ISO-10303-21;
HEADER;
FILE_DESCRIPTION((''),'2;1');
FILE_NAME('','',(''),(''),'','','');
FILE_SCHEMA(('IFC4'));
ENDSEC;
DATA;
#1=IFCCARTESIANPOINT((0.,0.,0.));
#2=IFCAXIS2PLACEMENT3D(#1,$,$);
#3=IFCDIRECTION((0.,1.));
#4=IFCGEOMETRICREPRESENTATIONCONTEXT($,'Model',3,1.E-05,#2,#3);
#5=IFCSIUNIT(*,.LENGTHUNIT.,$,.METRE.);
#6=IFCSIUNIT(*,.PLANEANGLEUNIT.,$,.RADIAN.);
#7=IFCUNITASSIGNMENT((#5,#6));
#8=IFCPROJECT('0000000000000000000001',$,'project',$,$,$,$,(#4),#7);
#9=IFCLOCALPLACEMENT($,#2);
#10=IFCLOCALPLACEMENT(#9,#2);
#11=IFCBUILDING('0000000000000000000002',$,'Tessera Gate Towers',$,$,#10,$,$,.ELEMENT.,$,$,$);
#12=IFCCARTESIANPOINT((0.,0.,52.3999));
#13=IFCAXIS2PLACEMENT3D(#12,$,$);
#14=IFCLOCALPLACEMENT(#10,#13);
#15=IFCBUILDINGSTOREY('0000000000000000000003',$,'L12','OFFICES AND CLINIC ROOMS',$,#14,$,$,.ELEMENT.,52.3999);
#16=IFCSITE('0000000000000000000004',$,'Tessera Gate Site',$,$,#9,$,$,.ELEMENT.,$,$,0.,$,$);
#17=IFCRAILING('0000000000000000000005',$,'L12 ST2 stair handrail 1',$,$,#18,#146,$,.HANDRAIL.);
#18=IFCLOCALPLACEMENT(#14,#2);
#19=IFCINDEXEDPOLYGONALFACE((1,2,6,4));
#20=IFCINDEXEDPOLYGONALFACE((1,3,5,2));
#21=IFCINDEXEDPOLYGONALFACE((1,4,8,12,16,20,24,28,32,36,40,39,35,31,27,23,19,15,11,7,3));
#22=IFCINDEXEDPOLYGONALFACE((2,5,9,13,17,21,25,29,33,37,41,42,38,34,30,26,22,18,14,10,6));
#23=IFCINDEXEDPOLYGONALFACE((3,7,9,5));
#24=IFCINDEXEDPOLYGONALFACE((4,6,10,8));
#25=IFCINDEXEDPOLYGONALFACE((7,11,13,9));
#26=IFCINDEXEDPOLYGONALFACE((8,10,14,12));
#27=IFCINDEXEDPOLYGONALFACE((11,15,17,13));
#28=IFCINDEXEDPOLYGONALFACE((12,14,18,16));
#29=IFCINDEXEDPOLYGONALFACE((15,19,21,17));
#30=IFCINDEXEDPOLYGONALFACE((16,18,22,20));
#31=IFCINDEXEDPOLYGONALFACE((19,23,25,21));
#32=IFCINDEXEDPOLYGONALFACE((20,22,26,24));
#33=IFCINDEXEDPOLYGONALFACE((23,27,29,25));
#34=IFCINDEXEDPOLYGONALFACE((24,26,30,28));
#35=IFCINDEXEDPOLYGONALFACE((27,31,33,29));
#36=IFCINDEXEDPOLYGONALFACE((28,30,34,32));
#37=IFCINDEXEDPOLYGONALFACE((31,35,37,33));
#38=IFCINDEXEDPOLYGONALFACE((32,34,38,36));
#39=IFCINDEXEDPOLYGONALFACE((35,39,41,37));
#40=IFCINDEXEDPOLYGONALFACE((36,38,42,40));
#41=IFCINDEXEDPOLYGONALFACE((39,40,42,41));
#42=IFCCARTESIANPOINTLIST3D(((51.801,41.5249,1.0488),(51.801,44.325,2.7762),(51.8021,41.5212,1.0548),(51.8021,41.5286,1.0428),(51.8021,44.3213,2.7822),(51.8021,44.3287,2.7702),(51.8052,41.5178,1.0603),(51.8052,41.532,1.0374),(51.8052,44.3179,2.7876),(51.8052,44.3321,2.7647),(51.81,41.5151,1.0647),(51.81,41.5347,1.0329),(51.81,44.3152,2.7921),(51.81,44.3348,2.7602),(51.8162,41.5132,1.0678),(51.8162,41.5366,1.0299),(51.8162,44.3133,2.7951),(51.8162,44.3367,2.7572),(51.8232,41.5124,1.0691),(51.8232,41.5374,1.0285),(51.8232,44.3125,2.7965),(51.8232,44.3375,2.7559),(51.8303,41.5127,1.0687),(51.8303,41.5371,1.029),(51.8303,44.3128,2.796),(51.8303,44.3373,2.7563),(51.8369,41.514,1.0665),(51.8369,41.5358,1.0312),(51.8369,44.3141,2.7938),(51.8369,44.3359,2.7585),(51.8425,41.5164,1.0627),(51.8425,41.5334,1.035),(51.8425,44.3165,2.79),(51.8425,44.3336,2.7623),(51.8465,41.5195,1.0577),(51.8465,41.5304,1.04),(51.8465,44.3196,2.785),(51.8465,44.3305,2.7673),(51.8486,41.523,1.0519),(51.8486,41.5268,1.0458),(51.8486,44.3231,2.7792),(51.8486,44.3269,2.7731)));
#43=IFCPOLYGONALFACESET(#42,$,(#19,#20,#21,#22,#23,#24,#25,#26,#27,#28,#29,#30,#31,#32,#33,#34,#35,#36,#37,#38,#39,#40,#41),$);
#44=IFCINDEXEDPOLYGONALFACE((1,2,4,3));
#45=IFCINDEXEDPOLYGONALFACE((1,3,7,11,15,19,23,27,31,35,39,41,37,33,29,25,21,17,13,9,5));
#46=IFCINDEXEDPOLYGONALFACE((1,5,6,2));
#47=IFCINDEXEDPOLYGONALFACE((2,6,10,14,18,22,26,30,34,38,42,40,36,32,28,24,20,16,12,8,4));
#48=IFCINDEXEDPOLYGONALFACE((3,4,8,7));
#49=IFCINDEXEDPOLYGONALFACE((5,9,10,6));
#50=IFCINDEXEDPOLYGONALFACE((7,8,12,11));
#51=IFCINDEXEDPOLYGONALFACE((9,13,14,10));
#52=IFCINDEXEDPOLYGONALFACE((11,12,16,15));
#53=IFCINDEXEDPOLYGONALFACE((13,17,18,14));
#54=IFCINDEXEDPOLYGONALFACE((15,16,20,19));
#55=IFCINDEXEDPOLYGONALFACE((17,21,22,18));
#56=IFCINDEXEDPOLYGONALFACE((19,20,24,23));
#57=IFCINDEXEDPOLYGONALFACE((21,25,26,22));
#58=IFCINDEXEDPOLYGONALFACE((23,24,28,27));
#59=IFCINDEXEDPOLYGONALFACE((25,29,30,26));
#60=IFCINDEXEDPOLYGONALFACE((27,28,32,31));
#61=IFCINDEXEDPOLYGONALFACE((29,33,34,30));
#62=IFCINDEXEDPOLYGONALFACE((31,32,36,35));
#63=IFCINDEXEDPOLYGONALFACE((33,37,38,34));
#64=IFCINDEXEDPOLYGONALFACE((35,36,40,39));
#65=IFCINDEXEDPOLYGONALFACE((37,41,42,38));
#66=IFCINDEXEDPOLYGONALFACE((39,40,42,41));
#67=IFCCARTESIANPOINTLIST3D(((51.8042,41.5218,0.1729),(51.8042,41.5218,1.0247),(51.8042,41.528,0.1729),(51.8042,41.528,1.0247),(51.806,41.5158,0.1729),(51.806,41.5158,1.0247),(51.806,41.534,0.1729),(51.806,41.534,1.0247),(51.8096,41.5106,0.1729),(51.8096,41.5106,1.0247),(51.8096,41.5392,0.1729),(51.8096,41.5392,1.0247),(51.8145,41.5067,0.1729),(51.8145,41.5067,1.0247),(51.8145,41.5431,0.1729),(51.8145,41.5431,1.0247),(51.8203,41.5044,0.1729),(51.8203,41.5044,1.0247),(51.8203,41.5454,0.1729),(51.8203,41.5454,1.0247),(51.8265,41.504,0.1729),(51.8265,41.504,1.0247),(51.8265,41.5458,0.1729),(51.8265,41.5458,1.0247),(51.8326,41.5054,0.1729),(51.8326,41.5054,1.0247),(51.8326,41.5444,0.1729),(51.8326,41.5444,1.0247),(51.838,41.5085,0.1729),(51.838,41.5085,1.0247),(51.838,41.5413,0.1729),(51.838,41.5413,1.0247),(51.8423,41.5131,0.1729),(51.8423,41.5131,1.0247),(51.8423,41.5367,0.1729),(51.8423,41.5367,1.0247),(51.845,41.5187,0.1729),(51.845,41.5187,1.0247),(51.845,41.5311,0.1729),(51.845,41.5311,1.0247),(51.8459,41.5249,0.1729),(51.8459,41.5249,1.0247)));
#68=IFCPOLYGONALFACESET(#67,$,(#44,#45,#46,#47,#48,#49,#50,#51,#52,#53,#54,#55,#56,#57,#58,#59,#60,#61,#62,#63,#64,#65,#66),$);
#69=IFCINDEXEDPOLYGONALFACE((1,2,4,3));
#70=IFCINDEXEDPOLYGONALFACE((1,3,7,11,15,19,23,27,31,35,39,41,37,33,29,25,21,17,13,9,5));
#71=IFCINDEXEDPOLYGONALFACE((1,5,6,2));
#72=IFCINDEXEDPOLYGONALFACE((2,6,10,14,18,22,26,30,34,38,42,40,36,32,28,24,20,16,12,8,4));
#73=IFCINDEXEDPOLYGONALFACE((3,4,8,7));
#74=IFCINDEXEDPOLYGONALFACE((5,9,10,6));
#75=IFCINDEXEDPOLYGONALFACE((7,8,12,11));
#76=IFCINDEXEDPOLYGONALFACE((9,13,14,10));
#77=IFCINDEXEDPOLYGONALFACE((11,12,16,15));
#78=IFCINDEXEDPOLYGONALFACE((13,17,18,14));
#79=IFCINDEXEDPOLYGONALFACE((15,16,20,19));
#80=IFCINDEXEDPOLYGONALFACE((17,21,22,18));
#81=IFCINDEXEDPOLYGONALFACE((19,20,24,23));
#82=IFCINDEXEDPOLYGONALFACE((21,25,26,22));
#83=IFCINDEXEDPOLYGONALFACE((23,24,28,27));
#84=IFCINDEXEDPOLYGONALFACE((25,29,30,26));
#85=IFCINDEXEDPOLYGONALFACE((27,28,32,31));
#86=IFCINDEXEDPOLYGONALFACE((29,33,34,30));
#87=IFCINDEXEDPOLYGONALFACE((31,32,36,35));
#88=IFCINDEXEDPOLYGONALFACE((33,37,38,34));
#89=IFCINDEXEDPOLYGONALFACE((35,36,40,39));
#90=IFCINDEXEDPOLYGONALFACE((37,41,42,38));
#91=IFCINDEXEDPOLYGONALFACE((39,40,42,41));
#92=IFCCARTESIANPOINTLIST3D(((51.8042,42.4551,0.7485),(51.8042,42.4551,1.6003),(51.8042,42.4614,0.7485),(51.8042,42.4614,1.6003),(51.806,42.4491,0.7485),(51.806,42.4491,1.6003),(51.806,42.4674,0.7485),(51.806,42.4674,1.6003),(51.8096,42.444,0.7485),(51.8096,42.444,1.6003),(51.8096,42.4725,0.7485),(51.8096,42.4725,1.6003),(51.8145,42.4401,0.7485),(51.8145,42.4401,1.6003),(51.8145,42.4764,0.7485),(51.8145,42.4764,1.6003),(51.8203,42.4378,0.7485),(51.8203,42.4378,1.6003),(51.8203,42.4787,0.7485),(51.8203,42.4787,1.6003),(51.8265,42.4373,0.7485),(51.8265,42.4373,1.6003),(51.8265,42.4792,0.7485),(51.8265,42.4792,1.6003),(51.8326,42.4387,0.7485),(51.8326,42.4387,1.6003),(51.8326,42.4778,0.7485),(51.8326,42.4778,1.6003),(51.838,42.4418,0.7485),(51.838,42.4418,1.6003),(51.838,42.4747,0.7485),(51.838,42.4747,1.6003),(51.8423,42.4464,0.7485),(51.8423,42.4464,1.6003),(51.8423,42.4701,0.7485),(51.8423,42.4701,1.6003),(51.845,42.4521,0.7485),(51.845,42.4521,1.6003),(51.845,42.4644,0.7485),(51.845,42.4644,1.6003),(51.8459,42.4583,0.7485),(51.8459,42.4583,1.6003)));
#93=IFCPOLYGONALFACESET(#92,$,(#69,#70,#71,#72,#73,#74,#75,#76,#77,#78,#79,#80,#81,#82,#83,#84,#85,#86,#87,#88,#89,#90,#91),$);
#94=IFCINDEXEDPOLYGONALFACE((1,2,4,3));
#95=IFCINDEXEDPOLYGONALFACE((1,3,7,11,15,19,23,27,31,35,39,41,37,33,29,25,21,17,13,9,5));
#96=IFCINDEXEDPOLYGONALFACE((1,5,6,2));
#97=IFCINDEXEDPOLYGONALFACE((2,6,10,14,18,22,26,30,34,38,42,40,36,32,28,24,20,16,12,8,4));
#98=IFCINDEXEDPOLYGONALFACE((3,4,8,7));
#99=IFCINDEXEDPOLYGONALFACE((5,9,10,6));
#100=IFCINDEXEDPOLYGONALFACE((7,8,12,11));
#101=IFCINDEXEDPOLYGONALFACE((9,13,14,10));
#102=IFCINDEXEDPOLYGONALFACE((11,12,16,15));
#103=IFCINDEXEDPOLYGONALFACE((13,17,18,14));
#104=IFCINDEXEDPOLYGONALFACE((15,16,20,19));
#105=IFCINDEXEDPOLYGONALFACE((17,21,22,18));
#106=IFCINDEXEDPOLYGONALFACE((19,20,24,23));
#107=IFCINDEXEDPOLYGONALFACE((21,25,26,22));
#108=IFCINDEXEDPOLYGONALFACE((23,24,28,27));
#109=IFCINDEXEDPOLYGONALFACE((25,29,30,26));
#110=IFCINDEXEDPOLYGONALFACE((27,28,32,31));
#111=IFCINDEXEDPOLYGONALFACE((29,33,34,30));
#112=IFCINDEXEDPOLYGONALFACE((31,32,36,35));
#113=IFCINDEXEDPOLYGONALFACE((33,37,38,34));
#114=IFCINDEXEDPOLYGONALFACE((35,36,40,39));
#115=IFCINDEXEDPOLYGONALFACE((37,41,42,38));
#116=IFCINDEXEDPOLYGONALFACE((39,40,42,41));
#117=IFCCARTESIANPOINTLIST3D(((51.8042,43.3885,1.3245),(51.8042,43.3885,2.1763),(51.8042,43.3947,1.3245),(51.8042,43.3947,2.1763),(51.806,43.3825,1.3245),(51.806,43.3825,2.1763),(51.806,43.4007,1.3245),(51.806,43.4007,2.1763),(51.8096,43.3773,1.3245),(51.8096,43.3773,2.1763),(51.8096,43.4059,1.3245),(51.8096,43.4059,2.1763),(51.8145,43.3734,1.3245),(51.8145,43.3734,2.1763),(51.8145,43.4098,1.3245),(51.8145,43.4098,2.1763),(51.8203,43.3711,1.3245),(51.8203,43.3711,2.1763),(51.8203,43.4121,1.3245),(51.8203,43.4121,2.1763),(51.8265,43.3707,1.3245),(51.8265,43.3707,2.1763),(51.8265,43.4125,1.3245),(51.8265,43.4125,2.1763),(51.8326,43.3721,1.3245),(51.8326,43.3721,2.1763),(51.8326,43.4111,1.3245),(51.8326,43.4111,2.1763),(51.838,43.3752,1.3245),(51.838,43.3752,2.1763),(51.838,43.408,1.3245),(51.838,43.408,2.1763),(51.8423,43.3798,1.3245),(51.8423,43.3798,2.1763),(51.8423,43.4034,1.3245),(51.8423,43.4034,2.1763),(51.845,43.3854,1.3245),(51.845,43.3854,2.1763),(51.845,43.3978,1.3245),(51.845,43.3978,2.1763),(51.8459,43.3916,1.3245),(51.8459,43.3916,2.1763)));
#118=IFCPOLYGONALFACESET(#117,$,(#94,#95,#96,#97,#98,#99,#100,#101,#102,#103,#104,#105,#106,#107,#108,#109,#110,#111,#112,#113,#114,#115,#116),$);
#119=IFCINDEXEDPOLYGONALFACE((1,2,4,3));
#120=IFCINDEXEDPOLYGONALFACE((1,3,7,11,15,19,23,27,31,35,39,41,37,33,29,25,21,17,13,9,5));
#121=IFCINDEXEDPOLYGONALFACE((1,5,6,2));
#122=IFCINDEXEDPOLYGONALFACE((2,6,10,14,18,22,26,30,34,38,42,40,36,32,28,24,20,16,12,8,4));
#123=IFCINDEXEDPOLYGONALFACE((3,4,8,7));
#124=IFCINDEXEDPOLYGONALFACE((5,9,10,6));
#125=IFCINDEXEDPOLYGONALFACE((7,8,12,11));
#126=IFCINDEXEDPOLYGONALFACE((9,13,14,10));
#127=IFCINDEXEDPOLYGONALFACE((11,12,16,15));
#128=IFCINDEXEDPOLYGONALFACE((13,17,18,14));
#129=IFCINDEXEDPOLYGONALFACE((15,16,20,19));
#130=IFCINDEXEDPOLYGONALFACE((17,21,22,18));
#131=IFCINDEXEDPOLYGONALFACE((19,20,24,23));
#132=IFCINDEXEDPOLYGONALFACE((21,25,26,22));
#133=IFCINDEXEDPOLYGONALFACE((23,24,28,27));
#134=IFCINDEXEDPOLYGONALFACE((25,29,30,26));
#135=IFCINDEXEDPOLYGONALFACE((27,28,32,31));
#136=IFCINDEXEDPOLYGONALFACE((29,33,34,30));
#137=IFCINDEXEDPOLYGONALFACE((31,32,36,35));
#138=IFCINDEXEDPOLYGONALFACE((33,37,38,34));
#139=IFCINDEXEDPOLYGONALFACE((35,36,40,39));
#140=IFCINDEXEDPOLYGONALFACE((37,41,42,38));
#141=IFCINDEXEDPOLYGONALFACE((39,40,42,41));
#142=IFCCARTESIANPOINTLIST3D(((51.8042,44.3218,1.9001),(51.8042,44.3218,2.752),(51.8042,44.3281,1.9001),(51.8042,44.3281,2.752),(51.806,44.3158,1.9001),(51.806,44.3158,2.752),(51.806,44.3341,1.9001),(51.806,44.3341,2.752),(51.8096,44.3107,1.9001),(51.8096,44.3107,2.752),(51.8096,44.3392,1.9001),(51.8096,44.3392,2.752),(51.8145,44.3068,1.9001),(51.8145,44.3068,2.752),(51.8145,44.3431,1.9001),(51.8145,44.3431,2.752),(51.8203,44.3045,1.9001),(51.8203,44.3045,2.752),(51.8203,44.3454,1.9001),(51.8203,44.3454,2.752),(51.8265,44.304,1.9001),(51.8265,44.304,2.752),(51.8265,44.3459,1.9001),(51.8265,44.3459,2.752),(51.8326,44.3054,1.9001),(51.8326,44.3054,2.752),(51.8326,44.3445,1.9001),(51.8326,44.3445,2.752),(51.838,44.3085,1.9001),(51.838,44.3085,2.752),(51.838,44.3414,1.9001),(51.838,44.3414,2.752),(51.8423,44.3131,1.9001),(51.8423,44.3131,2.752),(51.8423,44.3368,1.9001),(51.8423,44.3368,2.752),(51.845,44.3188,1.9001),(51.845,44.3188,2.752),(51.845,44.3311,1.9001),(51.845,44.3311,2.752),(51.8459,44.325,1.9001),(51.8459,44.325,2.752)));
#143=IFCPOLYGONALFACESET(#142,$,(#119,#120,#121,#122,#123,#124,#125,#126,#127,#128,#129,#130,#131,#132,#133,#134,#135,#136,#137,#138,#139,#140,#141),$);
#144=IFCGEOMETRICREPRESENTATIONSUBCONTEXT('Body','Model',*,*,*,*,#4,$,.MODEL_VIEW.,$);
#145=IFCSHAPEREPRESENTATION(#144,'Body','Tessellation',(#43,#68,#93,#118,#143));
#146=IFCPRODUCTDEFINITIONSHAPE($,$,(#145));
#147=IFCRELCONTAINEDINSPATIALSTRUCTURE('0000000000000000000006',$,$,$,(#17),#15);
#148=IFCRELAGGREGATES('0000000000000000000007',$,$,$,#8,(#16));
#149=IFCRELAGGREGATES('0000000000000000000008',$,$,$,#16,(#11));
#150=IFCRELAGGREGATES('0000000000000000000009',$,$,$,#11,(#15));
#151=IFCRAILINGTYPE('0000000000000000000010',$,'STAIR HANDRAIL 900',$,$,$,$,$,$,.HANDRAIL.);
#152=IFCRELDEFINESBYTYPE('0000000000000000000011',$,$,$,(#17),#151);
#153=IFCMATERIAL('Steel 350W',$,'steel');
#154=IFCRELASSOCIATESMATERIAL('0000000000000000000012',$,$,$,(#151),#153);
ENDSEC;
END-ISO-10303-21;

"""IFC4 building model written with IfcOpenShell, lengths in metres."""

from ifc_helpers import new_model, si_unit, direction, frame, origin, origin_2d, place, context, subcontext, project, spatial, circle, extrude, material, type_object, element, save


model = new_model("IFC4")

# Units and contexts
model_context = context("Model", 3, precision=1e-05, world=origin(), true_north=direction((0.0, 1.0)))
body_context = subcontext(model_context, "Body", "Model", "MODEL_VIEW")
ifc_project = project(units=[si_unit("LENGTHUNIT", "METRE"), si_unit("PLANEANGLEUNIT", "RADIAN")], contexts=[model_context])

# Site, building, storey
site_placement = place(None, origin())
site = spatial("IfcSite", under=ifc_project, at=site_placement, Name="Tessera Gate Site", CompositionType="ELEMENT", RefElevation=0.0)
building_placement = place(site_placement, origin())
building = spatial("IfcBuilding", under=site, at=building_placement, Name="Tessera Gate Towers", CompositionType="ELEMENT")
storey_placement = place(building_placement, frame((0.0, 0.0, 52.3999)))
storey = spatial("IfcBuildingStorey", under=building, at=storey_placement, Name="L12", Description="OFFICES AND CLINIC ROOMS", CompositionType="ELEMENT", Elevation=52.3999)

# Railing
ifc_material_1 = material(Name="Steel 350W", Category="steel")
railing_type = type_object("IfcRailingType", Name="STAIR HANDRAIL 900", PredefinedType="HANDRAIL", material=ifc_material_1)
railing_1_placement = place(storey_placement, frame((51.825, 41.5249, 0.1729)))
element("IfcRailing", 1, at=railing_1_placement, inside=storey, type_object=railing_type, Name="L12 ST2 stair handrail 1", PredefinedType="HANDRAIL", context=body_context, shape_type="SweptSolid", body=[
    extrude(circle(Radius=0.0239, at=origin_2d()), frame((0.0, 0.0, 0.876), z_axis=(0.0, 0.85109, 0.52502), x_axis=(-1.0, 0.0, 0.0)), (0.0, 0.0, 1.0), 3.29),
    extrude(circle(Radius=0.021, at=origin_2d()), origin(), (0.0, 0.0, 1.0), 0.8518),
    extrude(circle(Radius=0.021, at=origin_2d()), frame((0.0, 0.9333, 0.5757)), (0.0, 0.0, 1.0), 0.8518),
    extrude(circle(Radius=0.021, at=origin_2d()), frame((0.0, 1.8667, 1.1516)), (0.0, 0.0, 1.0), 0.8518),
    extrude(circle(Radius=0.021, at=origin_2d()), frame((0.0, 2.8, 1.7273)), (0.0, 0.0, 1.0), 0.8518),
])

save(model, "model.ifc")
